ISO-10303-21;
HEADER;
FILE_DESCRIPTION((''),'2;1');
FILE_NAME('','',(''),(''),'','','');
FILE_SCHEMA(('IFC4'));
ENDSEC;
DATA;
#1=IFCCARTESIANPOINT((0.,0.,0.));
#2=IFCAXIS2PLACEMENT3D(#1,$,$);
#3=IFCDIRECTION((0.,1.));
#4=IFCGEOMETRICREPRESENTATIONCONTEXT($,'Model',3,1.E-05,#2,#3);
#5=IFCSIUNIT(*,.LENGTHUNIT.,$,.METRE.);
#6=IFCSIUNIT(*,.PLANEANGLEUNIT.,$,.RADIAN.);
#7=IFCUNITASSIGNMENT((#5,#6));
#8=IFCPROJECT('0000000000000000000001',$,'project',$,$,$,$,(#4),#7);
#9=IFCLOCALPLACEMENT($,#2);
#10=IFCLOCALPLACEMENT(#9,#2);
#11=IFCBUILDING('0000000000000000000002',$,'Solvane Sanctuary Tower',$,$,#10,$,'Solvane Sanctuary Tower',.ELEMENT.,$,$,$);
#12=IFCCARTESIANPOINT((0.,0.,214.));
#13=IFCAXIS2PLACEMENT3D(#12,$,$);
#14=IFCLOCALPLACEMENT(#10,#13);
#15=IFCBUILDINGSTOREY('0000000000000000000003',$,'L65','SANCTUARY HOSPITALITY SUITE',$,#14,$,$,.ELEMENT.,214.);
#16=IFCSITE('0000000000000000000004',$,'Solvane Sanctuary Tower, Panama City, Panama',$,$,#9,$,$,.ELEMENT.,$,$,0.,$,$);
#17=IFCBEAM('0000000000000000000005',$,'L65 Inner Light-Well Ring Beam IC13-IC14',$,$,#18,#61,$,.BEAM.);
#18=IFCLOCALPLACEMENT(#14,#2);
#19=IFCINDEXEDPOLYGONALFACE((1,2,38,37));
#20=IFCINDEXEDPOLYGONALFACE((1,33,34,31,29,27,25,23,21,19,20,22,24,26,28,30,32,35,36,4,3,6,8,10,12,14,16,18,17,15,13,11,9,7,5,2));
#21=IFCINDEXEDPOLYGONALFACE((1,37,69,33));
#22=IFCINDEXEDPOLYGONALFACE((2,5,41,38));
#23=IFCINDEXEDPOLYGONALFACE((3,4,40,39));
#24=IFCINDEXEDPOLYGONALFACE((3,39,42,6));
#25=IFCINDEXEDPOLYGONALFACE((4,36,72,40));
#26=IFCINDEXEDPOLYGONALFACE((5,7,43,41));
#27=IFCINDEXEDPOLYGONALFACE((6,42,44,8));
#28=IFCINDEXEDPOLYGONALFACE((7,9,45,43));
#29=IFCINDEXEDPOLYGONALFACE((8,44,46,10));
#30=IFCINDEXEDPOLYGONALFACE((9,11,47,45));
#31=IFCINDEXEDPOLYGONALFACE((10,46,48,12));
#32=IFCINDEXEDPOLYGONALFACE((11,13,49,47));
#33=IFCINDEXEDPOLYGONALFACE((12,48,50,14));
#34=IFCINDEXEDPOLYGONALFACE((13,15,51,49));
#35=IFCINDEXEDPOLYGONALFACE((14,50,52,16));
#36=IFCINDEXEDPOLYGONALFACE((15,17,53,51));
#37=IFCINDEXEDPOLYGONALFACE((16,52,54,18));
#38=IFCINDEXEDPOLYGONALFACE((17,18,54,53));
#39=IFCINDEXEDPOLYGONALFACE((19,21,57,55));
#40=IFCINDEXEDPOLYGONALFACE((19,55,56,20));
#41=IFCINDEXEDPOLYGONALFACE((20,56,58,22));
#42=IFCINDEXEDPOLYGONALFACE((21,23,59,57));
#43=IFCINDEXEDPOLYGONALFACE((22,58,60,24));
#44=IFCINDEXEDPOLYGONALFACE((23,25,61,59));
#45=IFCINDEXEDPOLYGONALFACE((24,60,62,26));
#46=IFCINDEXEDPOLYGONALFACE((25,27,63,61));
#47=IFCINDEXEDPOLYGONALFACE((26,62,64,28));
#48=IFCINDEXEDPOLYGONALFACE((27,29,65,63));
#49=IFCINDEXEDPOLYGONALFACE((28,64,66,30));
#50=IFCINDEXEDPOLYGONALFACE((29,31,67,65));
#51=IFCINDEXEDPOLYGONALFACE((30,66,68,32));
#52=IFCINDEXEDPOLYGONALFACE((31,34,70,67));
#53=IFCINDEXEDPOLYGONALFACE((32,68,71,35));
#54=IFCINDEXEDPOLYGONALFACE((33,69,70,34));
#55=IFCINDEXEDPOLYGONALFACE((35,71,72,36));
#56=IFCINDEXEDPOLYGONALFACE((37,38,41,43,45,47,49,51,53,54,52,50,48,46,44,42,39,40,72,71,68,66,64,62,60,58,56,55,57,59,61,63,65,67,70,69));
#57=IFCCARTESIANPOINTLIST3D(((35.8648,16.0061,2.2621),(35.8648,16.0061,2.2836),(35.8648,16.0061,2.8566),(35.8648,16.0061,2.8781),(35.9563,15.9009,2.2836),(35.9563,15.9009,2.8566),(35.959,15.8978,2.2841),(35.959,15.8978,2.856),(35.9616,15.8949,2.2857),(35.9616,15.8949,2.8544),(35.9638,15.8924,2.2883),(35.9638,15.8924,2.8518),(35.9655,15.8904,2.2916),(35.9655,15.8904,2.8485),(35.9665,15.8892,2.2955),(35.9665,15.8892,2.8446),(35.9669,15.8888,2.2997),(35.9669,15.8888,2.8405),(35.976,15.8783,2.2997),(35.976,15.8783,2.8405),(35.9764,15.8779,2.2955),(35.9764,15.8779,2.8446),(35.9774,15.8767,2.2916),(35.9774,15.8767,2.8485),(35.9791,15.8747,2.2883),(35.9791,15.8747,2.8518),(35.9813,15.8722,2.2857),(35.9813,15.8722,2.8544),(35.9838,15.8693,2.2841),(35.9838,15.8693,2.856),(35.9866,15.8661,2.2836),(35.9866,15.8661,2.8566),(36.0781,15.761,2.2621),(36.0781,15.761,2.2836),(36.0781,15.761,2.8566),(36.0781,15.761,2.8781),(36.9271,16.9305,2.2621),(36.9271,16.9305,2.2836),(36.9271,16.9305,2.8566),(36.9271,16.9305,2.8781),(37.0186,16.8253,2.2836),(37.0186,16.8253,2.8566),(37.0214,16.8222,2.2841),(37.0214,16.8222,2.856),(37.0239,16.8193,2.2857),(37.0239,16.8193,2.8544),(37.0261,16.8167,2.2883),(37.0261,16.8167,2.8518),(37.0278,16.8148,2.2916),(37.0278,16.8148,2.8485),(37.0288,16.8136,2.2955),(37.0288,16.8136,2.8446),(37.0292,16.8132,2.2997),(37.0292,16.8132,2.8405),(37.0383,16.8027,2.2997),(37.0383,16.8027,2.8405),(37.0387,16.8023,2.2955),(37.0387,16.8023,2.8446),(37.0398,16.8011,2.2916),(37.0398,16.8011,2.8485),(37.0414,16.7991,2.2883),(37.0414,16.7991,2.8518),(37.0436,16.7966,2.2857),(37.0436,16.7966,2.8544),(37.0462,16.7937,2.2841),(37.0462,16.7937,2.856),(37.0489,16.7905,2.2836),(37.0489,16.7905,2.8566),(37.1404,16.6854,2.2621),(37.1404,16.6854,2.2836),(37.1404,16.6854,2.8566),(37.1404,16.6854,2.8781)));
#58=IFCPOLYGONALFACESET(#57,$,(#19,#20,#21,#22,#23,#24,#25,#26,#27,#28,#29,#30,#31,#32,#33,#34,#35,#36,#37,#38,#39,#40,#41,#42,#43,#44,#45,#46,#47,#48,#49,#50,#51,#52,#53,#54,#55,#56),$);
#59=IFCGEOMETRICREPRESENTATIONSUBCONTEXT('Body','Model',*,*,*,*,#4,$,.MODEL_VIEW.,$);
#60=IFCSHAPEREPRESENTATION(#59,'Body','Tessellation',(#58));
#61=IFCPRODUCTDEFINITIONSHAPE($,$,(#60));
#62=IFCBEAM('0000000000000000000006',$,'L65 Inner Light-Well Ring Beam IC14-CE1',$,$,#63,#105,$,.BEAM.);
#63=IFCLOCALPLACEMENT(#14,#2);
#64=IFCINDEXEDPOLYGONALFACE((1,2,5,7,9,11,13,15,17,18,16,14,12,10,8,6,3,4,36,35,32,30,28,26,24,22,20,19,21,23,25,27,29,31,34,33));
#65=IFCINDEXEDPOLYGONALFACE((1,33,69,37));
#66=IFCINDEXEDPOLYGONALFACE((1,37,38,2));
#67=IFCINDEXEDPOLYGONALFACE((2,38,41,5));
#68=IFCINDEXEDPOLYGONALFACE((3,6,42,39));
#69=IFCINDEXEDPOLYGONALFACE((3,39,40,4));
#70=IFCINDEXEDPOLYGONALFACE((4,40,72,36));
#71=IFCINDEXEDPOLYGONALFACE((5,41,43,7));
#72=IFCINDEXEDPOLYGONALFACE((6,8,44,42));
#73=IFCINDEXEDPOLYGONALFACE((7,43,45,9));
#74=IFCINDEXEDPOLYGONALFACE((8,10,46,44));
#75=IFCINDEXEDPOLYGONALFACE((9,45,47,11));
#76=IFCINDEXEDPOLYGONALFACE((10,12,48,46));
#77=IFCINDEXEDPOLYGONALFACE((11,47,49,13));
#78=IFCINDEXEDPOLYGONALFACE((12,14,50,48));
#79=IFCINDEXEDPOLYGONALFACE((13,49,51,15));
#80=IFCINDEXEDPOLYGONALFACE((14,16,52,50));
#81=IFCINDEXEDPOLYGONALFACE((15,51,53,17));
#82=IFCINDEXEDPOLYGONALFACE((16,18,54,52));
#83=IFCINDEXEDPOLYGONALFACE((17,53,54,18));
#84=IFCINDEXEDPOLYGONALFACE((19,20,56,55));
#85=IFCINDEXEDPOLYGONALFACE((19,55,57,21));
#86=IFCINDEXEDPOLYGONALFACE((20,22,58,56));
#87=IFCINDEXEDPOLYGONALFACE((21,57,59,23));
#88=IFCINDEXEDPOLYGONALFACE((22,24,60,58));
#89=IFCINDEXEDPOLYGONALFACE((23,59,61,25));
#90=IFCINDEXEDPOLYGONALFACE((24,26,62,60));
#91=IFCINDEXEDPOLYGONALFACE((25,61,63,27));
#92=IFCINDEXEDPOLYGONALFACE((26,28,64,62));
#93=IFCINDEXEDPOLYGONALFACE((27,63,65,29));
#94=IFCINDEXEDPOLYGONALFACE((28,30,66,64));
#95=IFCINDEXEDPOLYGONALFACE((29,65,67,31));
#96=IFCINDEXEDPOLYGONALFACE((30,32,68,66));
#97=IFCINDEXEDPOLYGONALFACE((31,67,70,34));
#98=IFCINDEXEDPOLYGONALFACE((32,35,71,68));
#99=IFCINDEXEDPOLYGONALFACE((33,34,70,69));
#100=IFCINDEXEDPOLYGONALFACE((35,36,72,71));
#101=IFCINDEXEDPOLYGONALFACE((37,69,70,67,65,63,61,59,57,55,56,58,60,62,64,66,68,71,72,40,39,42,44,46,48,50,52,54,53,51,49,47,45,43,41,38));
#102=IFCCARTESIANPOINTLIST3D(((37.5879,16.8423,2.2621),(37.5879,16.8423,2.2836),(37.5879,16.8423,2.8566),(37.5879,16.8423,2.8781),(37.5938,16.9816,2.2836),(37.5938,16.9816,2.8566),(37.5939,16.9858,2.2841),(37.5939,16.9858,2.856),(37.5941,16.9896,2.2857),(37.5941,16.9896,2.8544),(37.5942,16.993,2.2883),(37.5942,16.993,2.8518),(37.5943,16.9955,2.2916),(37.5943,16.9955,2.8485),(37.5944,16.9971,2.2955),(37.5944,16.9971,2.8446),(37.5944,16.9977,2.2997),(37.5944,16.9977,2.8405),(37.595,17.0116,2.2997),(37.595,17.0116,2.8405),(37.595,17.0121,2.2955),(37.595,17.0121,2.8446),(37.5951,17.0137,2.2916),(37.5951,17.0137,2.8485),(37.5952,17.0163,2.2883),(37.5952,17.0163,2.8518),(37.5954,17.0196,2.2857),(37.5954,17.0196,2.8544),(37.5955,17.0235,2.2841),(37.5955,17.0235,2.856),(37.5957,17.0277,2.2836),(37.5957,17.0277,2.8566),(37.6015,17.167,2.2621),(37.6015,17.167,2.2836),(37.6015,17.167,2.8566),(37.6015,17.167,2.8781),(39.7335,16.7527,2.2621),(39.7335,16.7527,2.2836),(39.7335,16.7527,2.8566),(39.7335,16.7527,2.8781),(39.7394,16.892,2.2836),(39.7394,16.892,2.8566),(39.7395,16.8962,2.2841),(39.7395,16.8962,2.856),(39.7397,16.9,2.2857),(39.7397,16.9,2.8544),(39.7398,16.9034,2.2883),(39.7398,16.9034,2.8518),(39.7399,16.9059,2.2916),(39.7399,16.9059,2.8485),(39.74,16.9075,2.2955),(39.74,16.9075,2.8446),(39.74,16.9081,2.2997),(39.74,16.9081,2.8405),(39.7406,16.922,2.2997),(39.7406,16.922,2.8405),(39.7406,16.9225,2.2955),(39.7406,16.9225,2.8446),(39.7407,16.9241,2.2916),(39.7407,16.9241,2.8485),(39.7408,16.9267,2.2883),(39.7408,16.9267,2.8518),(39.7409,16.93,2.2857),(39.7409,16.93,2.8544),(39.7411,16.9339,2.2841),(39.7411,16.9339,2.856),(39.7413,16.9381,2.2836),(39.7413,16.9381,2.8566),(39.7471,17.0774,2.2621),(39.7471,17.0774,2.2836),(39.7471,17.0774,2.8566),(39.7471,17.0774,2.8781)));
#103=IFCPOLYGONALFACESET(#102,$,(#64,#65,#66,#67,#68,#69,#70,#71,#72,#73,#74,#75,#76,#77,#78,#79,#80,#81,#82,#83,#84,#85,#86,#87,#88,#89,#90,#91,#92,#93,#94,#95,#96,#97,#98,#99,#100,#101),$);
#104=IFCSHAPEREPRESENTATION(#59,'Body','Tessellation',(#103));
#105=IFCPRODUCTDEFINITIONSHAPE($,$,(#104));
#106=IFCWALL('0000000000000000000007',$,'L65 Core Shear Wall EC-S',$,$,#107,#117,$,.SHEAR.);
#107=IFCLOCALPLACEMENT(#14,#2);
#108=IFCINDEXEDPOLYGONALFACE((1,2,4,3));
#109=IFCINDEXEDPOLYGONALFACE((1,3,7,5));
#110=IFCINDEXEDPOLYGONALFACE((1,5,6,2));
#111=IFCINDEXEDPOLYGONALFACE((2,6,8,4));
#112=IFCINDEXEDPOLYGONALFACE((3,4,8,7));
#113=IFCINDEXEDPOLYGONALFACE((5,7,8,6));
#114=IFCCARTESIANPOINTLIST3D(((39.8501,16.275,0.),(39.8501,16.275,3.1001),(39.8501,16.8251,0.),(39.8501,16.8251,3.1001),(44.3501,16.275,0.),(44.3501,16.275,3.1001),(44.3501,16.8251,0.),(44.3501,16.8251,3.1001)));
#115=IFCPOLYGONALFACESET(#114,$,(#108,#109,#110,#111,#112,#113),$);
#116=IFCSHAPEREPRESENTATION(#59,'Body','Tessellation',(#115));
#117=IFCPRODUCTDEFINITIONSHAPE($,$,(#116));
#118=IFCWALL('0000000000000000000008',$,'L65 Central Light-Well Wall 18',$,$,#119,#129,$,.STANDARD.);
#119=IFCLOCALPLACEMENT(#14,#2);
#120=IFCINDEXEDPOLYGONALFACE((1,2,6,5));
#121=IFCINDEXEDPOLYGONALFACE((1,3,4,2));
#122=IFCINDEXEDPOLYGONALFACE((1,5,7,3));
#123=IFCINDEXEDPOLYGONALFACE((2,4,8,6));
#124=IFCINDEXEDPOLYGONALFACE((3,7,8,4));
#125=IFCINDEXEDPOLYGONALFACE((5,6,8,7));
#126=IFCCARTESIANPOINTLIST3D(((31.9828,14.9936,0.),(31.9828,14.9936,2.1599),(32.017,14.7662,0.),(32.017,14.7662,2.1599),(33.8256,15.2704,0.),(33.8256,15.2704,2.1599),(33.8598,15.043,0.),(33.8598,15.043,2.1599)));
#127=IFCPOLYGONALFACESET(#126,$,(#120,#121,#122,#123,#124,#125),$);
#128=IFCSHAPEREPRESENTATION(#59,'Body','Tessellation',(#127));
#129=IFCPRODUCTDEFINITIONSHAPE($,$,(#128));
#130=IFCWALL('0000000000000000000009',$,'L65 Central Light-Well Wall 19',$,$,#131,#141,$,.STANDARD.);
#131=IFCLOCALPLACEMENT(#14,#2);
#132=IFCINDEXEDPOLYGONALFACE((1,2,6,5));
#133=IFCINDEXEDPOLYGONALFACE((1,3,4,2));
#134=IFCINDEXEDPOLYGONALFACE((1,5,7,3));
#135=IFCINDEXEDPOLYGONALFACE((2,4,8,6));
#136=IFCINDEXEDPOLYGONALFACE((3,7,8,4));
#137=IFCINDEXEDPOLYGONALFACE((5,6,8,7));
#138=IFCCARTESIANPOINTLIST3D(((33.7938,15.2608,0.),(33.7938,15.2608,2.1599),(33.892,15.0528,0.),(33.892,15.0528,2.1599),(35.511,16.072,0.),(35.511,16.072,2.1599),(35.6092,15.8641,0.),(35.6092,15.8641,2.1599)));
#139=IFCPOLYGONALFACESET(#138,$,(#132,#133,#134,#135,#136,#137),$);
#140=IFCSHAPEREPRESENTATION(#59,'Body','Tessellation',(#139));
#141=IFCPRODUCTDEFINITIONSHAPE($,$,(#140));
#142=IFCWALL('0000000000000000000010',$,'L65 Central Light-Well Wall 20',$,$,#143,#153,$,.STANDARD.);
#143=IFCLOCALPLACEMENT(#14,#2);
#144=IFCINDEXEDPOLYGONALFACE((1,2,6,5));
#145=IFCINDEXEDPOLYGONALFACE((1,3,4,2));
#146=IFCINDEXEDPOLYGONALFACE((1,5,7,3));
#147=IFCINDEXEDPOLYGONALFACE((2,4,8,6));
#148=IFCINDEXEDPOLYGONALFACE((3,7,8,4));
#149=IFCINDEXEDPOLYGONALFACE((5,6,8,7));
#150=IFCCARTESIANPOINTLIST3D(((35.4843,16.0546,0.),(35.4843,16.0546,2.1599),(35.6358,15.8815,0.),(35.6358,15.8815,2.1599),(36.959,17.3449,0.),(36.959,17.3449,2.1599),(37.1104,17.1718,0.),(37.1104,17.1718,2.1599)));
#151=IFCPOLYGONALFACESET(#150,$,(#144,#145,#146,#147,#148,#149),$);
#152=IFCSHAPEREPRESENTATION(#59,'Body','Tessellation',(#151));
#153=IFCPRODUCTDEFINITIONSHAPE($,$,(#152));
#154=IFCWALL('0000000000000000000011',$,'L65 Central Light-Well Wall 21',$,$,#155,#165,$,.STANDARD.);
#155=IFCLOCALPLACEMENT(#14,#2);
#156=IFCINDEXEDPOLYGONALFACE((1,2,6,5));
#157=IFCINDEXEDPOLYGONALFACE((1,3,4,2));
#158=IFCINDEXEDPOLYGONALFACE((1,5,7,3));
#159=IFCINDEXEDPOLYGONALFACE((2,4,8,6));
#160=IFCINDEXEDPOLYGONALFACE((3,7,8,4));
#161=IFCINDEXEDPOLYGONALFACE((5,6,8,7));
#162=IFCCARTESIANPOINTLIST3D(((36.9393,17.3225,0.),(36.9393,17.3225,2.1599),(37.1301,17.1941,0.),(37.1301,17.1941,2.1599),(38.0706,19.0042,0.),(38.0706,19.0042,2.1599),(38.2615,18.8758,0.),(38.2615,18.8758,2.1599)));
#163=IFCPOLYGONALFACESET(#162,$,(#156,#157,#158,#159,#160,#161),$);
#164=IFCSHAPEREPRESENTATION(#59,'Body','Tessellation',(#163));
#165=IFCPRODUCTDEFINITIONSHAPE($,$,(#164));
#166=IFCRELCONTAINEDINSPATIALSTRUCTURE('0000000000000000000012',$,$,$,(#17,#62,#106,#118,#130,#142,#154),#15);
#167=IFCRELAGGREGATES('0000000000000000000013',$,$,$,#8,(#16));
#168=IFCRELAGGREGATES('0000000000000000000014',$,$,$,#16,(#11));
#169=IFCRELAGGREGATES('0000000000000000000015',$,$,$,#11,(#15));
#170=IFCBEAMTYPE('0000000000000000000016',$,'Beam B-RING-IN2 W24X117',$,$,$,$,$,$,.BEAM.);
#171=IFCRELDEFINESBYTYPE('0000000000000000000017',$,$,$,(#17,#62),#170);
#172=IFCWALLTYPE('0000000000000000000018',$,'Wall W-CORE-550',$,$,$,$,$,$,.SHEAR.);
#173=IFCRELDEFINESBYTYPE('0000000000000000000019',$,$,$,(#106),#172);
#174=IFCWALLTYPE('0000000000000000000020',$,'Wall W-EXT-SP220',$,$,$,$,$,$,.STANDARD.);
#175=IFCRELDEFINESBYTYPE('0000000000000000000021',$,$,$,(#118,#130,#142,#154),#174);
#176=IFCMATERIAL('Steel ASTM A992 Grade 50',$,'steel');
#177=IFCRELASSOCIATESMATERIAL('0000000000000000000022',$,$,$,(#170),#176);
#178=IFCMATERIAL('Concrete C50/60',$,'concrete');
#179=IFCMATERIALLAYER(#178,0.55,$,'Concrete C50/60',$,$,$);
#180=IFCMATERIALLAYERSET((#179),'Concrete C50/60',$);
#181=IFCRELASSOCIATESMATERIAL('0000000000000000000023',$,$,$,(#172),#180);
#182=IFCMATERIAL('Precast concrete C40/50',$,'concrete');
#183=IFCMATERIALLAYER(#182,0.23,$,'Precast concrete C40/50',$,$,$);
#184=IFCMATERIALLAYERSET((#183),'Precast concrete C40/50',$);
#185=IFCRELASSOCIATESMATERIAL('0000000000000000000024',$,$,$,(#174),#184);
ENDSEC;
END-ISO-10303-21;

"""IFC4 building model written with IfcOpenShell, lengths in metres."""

from ifc_helpers import new_model, si_unit, direction, frame, frame_2d, origin, origin_2d, place, context, subcontext, project, spatial, rectangle, i_section, extrude, material, layer, layer_set, material_profile, profile_set, type_object, element, save


model = new_model("IFC4")

# Units and contexts
model_context = context("Model", 3, precision=1e-05, world=origin(), true_north=direction((0.0, 1.0)))
body_context = subcontext(model_context, "Body", "Model", "MODEL_VIEW")
ifc_project = project(units=[si_unit("LENGTHUNIT", "METRE"), si_unit("PLANEANGLEUNIT", "RADIAN")], contexts=[model_context])

# Site, building, storey
site_placement = place(None, origin())
site = spatial("IfcSite", under=ifc_project, at=site_placement, Name="Solvane Sanctuary Tower, Panama City, Panama", CompositionType="ELEMENT", RefElevation=0.0)
building_placement = place(site_placement, origin())
building = spatial("IfcBuilding", under=site, at=building_placement, Name="Solvane Sanctuary Tower", LongName="Solvane Sanctuary Tower", CompositionType="ELEMENT")
storey_placement = place(building_placement, frame((0.0, 0.0, 214.0)))
storey = spatial("IfcBuildingStorey", under=building, at=storey_placement, Name="L65", Description="SANCTUARY HOSPITALITY SUITE", CompositionType="ELEMENT", Elevation=214.0)

# Shared definitions
ifc_material_1 = material(Name="Concrete C50/60", Category="concrete")

# Beams
ifc_material_2 = material(Name="Steel ASTM A992 Grade 50", Category="steel")
ifc_material_profile_1 = material_profile(ifc_material_2, i_section(OverallWidth=0.325, OverallDepth=0.616, WebThickness=0.0139, FlangeThickness=0.0215, FilletRadius=0.0161, at=origin_2d()), Name="W24X117")
ifc_profile_set_1 = profile_set([ifc_material_profile_1], Name="Steel ASTM A992 Grade 50")
beam_type_1 = type_object("IfcBeamType", Name="Beam B-RING-IN2 W24X117", PredefinedType="BEAM", material=ifc_profile_set_1)
beam_1_placement = place(storey_placement, frame((35.9714, 15.8835, 2.5701), z_axis=(0.754389, 0.656428, 0.0), x_axis=(-0.656428, 0.754389, 0.0)))
element("IfcBeam", 1, at=beam_1_placement, inside=storey, type_object=beam_type_1, Name="L65 Inner Light-Well Ring Beam IC13-IC14", PredefinedType="BEAM", context=body_context, shape_type="SweptSolid", body=[
    extrude(i_section(OverallWidth=0.325, OverallDepth=0.616, WebThickness=0.0139, FlangeThickness=0.0215, FilletRadius=0.0161, at=origin_2d()), origin(), (0.0, 0.0, 1.0), 1.4082),
])
beam_2_placement = place(storey_placement, frame((37.5947, 17.0046, 2.5701), z_axis=(0.999129, -0.041725, 0.0), x_axis=(0.041725, 0.999129, 0.0)))
element("IfcBeam", 2, at=beam_2_placement, inside=storey, type_object=beam_type_1, Name="L65 Inner Light-Well Ring Beam IC14-CE1", PredefinedType="BEAM", context=body_context, shape_type="SweptSolid", body=[
    extrude(i_section(OverallWidth=0.325, OverallDepth=0.616, WebThickness=0.0139, FlangeThickness=0.0215, FilletRadius=0.0161, at=origin_2d()), origin(), (0.0, 0.0, 1.0), 2.1475),
])

# Walls
ifc_layer_1 = layer(ifc_material_1, 0.55, Name="Concrete C50/60")
ifc_layer_set_1 = layer_set([ifc_layer_1], Name="Concrete C50/60")
wall_type_1 = type_object("IfcWallType", Name="Wall W-CORE-550", PredefinedType="SHEAR", material=ifc_layer_set_1)
wall_1_placement = place(storey_placement, frame((39.8501, 16.55, 0.0), z_axis=(0.0, 0.0, 1.0), x_axis=(1.0, 0.0, 0.0)))
element("IfcWall", 3, at=wall_1_placement, inside=storey, type_object=wall_type_1, Name="L65 Core Shear Wall EC-S", PredefinedType="SHEAR", context=body_context, shape_type="SweptSolid", body=[
    extrude(rectangle(XDim=4.5, YDim=0.55, at=frame_2d((2.25, 0.0))), origin(), (0.0, 0.0, 1.0), 3.1001),
])
ifc_material_3 = material(Name="Precast concrete C40/50", Category="concrete")
ifc_layer_2 = layer(ifc_material_3, 0.23, Name="Precast concrete C40/50")
ifc_layer_set_2 = layer_set([ifc_layer_2], Name="Precast concrete C40/50")
wall_type_2 = type_object("IfcWallType", Name="Wall W-EXT-SP220", PredefinedType="STANDARD", material=ifc_layer_set_2)
wall_2_placement = place(storey_placement, frame((32.0, 14.8799, 0.0), z_axis=(0.0, 0.0, 1.0), x_axis=(0.988902, 0.148571, 0.0)))
element("IfcWall", 4, at=wall_2_placement, inside=storey, type_object=wall_type_2, Name="L65 Central Light-Well Wall 18", PredefinedType="STANDARD", context=body_context, shape_type="SweptSolid", body=[
    extrude(rectangle(XDim=1.8635, YDim=0.23, at=frame_2d((0.9316, 0.0))), origin(), (0.0, 0.0, 1.0), 2.1599),
])
wall_3_placement = place(storey_placement, frame((33.8428, 15.1567, 0.0), z_axis=(0.0, 0.0, 1.0), x_axis=(0.90418, 0.427152, 0.0)))
element("IfcWall", 5, at=wall_3_placement, inside=storey, type_object=wall_type_2, Name="L65 Central Light-Well Wall 19", PredefinedType="STANDARD", context=body_context, shape_type="SweptSolid", body=[
    extrude(rectangle(XDim=1.8992, YDim=0.23, at=frame_2d((0.9497, 0.0))), origin(), (0.0, 0.0, 1.0), 2.1599),
])
wall_4_placement = place(storey_placement, frame((35.5601, 15.968, 0.0), z_axis=(0.0, 0.0, 1.0), x_axis=(0.752577, 0.658505, 0.0)))
element("IfcWall", 6, at=wall_4_placement, inside=storey, type_object=wall_type_2, Name="L65 Central Light-Well Wall 20", PredefinedType="STANDARD", context=body_context, shape_type="SweptSolid", body=[
    extrude(rectangle(XDim=1.9595, YDim=0.23, at=frame_2d((0.9797, 0.0))), origin(), (0.0, 0.0, 1.0), 2.1599),
])
wall_5_placement = place(storey_placement, frame((37.0347, 17.2583, 0.0), z_axis=(0.0, 0.0, 1.0), x_axis=(0.558198, 0.829708, 0.0)))
element("IfcWall", 7, at=wall_5_placement, inside=storey, type_object=wall_type_2, Name="L65 Central Light-Well Wall 21", PredefinedType="STANDARD", context=body_context, shape_type="SweptSolid", body=[
    extrude(rectangle(XDim=2.0269, YDim=0.23, at=frame_2d((1.0134, 0.0))), origin(), (0.0, 0.0, 1.0), 2.1599),
])

save(model, "model.ifc")
